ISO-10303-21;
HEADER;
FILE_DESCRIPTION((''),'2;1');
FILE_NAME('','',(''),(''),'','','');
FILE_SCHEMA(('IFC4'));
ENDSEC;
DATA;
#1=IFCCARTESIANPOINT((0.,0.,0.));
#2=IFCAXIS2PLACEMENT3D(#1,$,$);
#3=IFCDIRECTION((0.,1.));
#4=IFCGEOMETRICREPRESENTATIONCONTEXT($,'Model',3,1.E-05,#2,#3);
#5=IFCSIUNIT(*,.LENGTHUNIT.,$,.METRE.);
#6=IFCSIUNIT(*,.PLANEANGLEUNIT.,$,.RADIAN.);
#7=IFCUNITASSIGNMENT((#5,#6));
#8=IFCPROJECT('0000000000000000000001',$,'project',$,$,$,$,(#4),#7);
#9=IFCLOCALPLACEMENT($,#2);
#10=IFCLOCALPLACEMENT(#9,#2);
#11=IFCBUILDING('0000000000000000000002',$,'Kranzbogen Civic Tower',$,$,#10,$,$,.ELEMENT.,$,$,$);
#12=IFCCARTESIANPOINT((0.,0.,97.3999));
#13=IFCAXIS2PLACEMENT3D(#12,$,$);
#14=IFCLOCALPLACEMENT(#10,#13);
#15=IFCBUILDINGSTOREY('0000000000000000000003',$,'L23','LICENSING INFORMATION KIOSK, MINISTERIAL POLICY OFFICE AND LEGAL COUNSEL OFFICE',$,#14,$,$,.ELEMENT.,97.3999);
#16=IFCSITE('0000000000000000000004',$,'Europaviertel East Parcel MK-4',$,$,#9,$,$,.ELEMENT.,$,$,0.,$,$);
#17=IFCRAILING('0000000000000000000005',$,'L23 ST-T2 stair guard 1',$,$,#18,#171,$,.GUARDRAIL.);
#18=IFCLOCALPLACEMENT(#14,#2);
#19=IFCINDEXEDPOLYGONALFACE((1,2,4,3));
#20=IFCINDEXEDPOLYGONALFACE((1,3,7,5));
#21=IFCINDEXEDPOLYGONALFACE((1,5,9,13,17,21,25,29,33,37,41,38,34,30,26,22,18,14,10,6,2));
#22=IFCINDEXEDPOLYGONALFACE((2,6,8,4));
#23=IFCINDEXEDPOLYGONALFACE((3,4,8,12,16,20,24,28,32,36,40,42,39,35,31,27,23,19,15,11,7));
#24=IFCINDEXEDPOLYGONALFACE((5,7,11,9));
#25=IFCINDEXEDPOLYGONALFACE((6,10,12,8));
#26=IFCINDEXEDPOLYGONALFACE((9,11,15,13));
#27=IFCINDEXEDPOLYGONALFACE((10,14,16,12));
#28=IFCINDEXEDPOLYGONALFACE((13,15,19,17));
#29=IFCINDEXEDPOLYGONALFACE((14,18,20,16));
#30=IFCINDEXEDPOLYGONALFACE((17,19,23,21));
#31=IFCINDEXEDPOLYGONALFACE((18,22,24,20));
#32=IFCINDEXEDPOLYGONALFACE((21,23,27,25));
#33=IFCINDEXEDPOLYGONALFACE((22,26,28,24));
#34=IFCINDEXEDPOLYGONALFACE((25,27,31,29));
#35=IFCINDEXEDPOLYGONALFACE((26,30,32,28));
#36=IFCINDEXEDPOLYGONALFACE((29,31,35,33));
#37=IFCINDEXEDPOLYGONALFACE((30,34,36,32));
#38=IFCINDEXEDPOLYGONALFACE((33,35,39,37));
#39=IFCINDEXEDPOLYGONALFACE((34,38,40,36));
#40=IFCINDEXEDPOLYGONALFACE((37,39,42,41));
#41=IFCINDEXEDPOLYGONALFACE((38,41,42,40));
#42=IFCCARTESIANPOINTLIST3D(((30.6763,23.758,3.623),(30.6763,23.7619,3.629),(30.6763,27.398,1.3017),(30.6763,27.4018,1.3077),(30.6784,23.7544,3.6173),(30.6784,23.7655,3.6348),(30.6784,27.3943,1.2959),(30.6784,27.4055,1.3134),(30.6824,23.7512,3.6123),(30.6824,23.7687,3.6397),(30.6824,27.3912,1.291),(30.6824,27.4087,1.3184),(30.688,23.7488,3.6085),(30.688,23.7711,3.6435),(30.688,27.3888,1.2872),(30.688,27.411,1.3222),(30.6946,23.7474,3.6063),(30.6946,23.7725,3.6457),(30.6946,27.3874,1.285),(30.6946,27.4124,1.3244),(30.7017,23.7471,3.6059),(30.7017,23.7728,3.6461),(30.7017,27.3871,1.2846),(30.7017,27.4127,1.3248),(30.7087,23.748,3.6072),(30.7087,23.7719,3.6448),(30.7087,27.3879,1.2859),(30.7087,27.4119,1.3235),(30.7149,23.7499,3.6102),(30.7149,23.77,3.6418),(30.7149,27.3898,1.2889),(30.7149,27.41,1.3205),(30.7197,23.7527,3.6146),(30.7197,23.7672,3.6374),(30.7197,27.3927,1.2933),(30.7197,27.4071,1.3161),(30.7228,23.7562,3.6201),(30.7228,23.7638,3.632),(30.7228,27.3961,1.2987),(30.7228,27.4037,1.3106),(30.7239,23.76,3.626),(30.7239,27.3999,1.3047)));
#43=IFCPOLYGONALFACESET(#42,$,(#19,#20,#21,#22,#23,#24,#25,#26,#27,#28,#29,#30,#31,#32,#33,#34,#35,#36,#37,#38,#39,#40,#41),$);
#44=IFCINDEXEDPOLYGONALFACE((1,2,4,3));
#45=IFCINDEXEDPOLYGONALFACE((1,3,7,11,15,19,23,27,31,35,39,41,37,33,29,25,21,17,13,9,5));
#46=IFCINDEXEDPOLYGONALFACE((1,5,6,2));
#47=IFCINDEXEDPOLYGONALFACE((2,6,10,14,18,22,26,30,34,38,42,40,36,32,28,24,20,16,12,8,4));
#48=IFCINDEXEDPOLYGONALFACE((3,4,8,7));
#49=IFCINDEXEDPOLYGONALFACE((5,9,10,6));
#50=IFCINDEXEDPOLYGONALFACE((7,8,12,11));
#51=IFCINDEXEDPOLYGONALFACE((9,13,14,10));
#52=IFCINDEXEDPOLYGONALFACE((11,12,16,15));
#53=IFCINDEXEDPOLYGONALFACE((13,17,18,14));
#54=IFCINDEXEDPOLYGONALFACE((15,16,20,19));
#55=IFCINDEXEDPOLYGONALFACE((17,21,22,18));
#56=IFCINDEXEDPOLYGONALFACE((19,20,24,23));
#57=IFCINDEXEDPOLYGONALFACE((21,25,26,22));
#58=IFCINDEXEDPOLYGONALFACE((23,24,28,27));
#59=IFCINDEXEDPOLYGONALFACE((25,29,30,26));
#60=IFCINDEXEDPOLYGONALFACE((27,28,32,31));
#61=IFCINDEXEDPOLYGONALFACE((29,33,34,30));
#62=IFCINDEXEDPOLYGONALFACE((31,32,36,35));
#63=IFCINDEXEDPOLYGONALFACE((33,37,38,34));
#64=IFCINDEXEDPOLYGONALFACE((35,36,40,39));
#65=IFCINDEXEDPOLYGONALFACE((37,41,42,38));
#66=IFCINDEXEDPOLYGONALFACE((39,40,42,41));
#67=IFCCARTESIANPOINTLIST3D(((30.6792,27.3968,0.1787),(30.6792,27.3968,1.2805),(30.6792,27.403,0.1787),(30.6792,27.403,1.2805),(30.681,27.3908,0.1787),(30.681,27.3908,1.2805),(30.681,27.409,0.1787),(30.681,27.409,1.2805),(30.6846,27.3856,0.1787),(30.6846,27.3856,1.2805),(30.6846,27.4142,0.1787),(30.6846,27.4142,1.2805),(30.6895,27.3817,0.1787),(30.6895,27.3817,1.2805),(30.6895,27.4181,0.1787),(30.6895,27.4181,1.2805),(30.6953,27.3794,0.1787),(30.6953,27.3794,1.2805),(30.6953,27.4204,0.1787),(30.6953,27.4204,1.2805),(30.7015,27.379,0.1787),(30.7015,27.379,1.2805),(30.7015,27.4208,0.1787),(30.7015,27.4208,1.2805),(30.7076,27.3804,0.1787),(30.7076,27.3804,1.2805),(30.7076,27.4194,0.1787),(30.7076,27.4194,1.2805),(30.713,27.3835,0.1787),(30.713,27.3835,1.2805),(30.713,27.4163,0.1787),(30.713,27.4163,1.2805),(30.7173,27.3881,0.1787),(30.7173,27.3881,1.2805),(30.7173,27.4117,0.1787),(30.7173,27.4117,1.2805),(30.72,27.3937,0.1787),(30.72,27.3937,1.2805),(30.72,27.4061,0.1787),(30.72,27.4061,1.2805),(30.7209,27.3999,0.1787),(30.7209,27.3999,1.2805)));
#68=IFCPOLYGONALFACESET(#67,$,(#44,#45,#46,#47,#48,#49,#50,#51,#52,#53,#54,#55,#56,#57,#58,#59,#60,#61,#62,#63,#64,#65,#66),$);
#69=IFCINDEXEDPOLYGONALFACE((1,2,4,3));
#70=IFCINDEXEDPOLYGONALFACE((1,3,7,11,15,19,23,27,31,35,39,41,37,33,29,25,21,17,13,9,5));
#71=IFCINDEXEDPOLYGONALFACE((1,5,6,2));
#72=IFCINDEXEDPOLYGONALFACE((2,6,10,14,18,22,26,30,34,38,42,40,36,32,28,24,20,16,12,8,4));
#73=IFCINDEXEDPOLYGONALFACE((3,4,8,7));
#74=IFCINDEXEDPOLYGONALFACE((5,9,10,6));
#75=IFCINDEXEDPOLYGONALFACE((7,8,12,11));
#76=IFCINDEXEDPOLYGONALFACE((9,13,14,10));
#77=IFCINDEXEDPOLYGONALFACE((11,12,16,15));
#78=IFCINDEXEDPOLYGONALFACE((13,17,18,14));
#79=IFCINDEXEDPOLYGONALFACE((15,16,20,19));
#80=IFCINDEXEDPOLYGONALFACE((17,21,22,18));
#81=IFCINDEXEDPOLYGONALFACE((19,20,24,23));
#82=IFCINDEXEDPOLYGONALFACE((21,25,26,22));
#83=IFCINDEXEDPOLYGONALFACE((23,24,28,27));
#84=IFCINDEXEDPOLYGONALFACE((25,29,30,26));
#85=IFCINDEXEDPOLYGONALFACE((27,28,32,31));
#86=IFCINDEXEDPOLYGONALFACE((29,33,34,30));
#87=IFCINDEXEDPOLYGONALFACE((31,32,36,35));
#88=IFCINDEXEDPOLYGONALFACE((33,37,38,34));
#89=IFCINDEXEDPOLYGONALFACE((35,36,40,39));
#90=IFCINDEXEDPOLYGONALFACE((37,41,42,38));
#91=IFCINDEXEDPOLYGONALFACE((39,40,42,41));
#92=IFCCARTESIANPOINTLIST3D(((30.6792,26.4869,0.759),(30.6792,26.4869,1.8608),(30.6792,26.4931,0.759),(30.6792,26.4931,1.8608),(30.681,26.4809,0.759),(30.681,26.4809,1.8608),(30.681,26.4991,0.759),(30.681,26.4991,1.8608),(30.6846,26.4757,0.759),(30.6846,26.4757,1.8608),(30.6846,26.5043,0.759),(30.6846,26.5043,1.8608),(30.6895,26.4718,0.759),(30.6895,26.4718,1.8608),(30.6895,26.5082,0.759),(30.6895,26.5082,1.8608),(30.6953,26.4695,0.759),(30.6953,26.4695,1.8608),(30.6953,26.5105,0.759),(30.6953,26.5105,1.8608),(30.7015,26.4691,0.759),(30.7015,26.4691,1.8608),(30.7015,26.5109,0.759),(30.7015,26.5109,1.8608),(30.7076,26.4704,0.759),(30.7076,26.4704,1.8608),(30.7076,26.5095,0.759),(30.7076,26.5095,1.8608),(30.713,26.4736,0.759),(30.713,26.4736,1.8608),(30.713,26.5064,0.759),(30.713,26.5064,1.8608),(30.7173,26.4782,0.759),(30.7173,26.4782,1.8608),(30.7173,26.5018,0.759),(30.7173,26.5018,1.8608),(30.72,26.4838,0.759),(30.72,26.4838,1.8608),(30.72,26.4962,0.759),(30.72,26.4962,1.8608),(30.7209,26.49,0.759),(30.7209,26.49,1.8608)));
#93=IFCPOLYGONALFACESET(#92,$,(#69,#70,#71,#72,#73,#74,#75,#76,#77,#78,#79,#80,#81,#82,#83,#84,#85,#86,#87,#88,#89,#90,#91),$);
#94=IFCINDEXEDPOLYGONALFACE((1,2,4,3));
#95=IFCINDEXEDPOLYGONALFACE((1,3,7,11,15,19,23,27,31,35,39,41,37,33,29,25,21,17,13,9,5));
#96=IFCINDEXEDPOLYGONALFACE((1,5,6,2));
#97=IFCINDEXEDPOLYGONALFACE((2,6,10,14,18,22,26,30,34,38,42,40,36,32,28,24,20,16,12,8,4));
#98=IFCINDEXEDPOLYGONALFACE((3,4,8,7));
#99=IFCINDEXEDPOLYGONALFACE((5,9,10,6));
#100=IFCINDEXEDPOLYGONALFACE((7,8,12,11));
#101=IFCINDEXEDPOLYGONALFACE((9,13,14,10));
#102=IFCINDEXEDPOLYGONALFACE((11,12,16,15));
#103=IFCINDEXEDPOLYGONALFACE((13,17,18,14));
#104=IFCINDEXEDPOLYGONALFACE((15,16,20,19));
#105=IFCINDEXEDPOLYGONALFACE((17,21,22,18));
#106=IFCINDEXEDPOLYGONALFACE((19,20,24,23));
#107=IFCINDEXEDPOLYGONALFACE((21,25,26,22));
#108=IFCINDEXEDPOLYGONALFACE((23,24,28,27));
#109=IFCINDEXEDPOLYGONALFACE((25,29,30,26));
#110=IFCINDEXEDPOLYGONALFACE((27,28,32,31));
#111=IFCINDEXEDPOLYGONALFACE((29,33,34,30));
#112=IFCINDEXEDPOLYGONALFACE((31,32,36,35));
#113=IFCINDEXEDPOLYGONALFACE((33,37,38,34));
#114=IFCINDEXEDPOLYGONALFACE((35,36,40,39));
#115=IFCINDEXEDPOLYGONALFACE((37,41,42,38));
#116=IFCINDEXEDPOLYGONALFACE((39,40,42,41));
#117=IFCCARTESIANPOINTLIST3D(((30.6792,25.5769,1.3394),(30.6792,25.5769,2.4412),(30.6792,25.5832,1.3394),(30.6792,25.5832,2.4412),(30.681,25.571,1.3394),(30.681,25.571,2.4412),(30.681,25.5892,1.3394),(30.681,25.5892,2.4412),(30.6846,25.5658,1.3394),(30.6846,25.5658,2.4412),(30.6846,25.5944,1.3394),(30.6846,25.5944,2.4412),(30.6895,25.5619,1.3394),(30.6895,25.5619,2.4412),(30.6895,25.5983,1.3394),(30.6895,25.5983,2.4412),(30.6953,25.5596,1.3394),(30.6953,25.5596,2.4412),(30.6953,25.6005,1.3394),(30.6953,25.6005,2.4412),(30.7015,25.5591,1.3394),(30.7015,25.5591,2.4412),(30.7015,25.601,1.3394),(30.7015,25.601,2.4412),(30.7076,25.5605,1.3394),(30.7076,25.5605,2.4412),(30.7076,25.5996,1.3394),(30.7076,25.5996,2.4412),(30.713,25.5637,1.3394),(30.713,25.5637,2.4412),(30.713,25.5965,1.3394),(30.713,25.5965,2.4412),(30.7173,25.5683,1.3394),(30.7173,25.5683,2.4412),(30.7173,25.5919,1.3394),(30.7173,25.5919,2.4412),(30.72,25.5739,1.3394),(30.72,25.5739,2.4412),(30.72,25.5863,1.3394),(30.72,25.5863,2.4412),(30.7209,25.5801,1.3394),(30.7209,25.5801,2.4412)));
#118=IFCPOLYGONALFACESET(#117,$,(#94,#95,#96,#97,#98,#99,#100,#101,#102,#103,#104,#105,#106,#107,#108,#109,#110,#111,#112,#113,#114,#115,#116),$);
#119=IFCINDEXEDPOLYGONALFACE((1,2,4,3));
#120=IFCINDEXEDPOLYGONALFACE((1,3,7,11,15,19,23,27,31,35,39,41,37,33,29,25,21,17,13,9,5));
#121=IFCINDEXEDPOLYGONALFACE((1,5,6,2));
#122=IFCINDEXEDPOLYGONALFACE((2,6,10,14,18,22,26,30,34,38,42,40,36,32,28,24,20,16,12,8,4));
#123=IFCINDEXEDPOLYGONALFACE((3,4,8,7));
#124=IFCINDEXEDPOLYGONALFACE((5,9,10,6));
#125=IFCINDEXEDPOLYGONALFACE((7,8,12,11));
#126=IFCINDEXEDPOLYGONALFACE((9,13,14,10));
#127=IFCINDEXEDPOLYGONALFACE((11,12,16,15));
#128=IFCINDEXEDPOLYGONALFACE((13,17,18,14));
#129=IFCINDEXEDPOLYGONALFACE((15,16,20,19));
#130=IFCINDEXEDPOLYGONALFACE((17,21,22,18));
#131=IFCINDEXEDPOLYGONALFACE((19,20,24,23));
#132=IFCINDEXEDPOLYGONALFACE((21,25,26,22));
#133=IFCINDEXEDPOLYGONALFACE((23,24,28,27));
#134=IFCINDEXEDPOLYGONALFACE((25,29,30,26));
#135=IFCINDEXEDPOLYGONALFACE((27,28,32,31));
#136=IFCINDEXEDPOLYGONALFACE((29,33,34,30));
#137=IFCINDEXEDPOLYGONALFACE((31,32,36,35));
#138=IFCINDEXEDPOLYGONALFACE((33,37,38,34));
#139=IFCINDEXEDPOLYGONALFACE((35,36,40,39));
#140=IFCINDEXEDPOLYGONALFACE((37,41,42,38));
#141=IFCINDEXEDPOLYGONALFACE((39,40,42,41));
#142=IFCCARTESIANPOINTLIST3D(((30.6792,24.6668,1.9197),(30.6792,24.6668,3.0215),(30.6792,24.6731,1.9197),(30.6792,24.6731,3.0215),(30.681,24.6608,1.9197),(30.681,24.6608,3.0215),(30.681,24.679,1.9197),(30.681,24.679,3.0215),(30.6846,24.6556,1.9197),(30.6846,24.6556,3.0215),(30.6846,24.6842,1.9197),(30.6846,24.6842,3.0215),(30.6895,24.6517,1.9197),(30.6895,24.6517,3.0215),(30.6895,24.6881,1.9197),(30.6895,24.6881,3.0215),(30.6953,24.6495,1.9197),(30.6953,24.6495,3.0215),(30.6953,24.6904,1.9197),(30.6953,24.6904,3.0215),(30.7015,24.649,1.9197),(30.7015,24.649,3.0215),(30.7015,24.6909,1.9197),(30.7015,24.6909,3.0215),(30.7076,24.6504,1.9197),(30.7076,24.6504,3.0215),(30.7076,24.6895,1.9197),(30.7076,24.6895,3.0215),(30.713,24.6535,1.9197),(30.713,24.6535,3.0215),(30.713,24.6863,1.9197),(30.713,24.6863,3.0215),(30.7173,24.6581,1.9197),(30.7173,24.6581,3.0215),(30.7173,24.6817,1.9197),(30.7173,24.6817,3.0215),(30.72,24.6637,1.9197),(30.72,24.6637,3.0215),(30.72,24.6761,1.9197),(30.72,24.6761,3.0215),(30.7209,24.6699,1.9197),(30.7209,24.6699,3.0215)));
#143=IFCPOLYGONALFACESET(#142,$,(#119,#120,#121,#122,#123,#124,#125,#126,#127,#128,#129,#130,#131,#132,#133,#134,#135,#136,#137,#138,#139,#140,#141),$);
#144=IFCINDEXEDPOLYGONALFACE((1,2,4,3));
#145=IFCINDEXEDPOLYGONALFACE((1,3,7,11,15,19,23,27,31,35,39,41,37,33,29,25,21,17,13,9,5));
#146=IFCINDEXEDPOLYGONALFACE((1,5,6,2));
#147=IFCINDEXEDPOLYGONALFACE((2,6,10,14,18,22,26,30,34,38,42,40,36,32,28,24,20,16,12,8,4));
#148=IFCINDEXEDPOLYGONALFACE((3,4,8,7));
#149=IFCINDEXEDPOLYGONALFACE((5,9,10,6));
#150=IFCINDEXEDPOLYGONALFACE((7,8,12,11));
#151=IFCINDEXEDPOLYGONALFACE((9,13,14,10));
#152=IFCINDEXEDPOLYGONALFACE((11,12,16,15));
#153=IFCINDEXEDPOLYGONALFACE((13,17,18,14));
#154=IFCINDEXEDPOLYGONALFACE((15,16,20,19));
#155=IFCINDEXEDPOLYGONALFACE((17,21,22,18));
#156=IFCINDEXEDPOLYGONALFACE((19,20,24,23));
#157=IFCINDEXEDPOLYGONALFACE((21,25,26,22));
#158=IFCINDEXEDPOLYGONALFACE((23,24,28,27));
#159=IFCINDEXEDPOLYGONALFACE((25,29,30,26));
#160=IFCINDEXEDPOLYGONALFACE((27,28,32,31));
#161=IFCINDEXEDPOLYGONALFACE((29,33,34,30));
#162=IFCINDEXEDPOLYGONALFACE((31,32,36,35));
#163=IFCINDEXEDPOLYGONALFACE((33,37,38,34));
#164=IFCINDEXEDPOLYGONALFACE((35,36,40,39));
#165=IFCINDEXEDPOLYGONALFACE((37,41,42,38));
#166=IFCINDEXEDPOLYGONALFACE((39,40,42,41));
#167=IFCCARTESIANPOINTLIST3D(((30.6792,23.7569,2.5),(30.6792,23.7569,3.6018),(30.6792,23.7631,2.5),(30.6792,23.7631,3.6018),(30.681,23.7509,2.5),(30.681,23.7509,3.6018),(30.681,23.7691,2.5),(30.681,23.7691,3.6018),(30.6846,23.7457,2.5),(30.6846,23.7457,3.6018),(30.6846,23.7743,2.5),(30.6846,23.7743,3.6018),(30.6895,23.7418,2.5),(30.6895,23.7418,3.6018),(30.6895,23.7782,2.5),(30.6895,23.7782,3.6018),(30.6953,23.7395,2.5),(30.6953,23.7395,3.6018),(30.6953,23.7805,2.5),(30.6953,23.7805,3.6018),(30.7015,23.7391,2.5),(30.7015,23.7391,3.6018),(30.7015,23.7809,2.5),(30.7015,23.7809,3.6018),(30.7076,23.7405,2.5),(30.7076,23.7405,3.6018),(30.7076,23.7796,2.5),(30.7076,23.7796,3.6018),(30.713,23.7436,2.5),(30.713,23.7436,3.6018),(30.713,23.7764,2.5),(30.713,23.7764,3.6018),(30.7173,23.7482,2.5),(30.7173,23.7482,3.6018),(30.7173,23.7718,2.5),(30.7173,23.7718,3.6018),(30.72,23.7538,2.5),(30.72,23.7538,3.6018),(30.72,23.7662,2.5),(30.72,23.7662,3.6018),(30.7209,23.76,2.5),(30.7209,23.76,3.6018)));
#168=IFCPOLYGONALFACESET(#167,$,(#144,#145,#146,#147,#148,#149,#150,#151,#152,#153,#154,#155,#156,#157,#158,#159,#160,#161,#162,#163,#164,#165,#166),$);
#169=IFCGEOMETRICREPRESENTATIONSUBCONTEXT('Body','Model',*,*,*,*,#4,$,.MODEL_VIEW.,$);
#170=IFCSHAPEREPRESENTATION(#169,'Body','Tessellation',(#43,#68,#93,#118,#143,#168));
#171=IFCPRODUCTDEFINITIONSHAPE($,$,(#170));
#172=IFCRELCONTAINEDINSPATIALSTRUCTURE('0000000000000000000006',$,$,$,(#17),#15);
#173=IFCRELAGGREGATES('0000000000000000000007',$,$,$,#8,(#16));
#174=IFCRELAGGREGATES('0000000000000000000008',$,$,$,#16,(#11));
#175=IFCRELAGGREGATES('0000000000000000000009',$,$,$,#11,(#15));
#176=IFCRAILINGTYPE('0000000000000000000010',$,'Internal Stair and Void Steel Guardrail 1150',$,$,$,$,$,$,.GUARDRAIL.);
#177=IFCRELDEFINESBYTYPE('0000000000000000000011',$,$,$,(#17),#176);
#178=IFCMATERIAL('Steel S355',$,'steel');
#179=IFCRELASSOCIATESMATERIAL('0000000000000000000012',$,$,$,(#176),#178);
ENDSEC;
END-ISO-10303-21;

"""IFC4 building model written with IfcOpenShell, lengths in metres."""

from ifc_helpers import new_model, si_unit, direction, frame, origin, origin_2d, place, context, subcontext, project, spatial, circle, extrude, material, type_object, element, save


model = new_model("IFC4")

# Units and contexts
model_context = context("Model", 3, precision=1e-05, world=origin(), true_north=direction((0.0, 1.0)))
body_context = subcontext(model_context, "Body", "Model", "MODEL_VIEW")
ifc_project = project(units=[si_unit("LENGTHUNIT", "METRE"), si_unit("PLANEANGLEUNIT", "RADIAN")], contexts=[model_context])

# Site, building, storey
site_placement = place(None, origin())
site = spatial("IfcSite", under=ifc_project, at=site_placement, Name="Europaviertel East Parcel MK-4", CompositionType="ELEMENT", RefElevation=0.0)
building_placement = place(site_placement, origin())
building = spatial("IfcBuilding", under=site, at=building_placement, Name="Kranzbogen Civic Tower", CompositionType="ELEMENT")
storey_placement = place(building_placement, frame((0.0, 0.0, 97.3999)))
storey = spatial("IfcBuildingStorey", under=building, at=storey_placement, Name="L23", Description="LICENSING INFORMATION KIOSK, MINISTERIAL POLICY OFFICE AND LEGAL COUNSEL OFFICE", CompositionType="ELEMENT", Elevation=97.3999)

# Shared definitions
ifc_material_1 = material(Name="Steel S355", Category="steel")

# Railing
railing_type_1 = type_object("IfcRailingType", Name="Internal Stair and Void Steel Guardrail 1150", PredefinedType="GUARDRAIL", material=ifc_material_1)
railing_1_placement = place(storey_placement, frame((30.7, 27.3999, 0.1787)))
element("IfcRailing", 1, at=railing_1_placement, inside=storey, type_object=railing_type_1, Name="L23 ST-T2 stair guard 1", PredefinedType="GUARDRAIL", context=body_context, shape_type="SweptSolid", body=[
    extrude(circle(Radius=0.0239, at=origin_2d()), frame((0.0, 0.0, 1.126), z_axis=(0.0, -0.843137, 0.537699), x_axis=(1.0, 0.0, 0.0)), (0.0, 0.0, 1.0), 4.3171),
    extrude(circle(Radius=0.021, at=origin_2d()), origin(), (0.0, 0.0, 1.0), 1.1018),
    extrude(circle(Radius=0.021, at=origin_2d()), frame((0.0, -0.9099, 0.5803)), (0.0, 0.0, 1.0), 1.1018),
    extrude(circle(Radius=0.021, at=origin_2d()), frame((0.0, -1.8198, 1.1606)), (0.0, 0.0, 1.0), 1.1018),
    extrude(circle(Radius=0.021, at=origin_2d()), frame((0.0, -2.73, 1.741)), (0.0, 0.0, 1.0), 1.1018),
    extrude(circle(Radius=0.021, at=origin_2d()), frame((0.0, -3.6399, 2.3213)), (0.0, 0.0, 1.0), 1.1018),
])

save(model, "model.ifc")
